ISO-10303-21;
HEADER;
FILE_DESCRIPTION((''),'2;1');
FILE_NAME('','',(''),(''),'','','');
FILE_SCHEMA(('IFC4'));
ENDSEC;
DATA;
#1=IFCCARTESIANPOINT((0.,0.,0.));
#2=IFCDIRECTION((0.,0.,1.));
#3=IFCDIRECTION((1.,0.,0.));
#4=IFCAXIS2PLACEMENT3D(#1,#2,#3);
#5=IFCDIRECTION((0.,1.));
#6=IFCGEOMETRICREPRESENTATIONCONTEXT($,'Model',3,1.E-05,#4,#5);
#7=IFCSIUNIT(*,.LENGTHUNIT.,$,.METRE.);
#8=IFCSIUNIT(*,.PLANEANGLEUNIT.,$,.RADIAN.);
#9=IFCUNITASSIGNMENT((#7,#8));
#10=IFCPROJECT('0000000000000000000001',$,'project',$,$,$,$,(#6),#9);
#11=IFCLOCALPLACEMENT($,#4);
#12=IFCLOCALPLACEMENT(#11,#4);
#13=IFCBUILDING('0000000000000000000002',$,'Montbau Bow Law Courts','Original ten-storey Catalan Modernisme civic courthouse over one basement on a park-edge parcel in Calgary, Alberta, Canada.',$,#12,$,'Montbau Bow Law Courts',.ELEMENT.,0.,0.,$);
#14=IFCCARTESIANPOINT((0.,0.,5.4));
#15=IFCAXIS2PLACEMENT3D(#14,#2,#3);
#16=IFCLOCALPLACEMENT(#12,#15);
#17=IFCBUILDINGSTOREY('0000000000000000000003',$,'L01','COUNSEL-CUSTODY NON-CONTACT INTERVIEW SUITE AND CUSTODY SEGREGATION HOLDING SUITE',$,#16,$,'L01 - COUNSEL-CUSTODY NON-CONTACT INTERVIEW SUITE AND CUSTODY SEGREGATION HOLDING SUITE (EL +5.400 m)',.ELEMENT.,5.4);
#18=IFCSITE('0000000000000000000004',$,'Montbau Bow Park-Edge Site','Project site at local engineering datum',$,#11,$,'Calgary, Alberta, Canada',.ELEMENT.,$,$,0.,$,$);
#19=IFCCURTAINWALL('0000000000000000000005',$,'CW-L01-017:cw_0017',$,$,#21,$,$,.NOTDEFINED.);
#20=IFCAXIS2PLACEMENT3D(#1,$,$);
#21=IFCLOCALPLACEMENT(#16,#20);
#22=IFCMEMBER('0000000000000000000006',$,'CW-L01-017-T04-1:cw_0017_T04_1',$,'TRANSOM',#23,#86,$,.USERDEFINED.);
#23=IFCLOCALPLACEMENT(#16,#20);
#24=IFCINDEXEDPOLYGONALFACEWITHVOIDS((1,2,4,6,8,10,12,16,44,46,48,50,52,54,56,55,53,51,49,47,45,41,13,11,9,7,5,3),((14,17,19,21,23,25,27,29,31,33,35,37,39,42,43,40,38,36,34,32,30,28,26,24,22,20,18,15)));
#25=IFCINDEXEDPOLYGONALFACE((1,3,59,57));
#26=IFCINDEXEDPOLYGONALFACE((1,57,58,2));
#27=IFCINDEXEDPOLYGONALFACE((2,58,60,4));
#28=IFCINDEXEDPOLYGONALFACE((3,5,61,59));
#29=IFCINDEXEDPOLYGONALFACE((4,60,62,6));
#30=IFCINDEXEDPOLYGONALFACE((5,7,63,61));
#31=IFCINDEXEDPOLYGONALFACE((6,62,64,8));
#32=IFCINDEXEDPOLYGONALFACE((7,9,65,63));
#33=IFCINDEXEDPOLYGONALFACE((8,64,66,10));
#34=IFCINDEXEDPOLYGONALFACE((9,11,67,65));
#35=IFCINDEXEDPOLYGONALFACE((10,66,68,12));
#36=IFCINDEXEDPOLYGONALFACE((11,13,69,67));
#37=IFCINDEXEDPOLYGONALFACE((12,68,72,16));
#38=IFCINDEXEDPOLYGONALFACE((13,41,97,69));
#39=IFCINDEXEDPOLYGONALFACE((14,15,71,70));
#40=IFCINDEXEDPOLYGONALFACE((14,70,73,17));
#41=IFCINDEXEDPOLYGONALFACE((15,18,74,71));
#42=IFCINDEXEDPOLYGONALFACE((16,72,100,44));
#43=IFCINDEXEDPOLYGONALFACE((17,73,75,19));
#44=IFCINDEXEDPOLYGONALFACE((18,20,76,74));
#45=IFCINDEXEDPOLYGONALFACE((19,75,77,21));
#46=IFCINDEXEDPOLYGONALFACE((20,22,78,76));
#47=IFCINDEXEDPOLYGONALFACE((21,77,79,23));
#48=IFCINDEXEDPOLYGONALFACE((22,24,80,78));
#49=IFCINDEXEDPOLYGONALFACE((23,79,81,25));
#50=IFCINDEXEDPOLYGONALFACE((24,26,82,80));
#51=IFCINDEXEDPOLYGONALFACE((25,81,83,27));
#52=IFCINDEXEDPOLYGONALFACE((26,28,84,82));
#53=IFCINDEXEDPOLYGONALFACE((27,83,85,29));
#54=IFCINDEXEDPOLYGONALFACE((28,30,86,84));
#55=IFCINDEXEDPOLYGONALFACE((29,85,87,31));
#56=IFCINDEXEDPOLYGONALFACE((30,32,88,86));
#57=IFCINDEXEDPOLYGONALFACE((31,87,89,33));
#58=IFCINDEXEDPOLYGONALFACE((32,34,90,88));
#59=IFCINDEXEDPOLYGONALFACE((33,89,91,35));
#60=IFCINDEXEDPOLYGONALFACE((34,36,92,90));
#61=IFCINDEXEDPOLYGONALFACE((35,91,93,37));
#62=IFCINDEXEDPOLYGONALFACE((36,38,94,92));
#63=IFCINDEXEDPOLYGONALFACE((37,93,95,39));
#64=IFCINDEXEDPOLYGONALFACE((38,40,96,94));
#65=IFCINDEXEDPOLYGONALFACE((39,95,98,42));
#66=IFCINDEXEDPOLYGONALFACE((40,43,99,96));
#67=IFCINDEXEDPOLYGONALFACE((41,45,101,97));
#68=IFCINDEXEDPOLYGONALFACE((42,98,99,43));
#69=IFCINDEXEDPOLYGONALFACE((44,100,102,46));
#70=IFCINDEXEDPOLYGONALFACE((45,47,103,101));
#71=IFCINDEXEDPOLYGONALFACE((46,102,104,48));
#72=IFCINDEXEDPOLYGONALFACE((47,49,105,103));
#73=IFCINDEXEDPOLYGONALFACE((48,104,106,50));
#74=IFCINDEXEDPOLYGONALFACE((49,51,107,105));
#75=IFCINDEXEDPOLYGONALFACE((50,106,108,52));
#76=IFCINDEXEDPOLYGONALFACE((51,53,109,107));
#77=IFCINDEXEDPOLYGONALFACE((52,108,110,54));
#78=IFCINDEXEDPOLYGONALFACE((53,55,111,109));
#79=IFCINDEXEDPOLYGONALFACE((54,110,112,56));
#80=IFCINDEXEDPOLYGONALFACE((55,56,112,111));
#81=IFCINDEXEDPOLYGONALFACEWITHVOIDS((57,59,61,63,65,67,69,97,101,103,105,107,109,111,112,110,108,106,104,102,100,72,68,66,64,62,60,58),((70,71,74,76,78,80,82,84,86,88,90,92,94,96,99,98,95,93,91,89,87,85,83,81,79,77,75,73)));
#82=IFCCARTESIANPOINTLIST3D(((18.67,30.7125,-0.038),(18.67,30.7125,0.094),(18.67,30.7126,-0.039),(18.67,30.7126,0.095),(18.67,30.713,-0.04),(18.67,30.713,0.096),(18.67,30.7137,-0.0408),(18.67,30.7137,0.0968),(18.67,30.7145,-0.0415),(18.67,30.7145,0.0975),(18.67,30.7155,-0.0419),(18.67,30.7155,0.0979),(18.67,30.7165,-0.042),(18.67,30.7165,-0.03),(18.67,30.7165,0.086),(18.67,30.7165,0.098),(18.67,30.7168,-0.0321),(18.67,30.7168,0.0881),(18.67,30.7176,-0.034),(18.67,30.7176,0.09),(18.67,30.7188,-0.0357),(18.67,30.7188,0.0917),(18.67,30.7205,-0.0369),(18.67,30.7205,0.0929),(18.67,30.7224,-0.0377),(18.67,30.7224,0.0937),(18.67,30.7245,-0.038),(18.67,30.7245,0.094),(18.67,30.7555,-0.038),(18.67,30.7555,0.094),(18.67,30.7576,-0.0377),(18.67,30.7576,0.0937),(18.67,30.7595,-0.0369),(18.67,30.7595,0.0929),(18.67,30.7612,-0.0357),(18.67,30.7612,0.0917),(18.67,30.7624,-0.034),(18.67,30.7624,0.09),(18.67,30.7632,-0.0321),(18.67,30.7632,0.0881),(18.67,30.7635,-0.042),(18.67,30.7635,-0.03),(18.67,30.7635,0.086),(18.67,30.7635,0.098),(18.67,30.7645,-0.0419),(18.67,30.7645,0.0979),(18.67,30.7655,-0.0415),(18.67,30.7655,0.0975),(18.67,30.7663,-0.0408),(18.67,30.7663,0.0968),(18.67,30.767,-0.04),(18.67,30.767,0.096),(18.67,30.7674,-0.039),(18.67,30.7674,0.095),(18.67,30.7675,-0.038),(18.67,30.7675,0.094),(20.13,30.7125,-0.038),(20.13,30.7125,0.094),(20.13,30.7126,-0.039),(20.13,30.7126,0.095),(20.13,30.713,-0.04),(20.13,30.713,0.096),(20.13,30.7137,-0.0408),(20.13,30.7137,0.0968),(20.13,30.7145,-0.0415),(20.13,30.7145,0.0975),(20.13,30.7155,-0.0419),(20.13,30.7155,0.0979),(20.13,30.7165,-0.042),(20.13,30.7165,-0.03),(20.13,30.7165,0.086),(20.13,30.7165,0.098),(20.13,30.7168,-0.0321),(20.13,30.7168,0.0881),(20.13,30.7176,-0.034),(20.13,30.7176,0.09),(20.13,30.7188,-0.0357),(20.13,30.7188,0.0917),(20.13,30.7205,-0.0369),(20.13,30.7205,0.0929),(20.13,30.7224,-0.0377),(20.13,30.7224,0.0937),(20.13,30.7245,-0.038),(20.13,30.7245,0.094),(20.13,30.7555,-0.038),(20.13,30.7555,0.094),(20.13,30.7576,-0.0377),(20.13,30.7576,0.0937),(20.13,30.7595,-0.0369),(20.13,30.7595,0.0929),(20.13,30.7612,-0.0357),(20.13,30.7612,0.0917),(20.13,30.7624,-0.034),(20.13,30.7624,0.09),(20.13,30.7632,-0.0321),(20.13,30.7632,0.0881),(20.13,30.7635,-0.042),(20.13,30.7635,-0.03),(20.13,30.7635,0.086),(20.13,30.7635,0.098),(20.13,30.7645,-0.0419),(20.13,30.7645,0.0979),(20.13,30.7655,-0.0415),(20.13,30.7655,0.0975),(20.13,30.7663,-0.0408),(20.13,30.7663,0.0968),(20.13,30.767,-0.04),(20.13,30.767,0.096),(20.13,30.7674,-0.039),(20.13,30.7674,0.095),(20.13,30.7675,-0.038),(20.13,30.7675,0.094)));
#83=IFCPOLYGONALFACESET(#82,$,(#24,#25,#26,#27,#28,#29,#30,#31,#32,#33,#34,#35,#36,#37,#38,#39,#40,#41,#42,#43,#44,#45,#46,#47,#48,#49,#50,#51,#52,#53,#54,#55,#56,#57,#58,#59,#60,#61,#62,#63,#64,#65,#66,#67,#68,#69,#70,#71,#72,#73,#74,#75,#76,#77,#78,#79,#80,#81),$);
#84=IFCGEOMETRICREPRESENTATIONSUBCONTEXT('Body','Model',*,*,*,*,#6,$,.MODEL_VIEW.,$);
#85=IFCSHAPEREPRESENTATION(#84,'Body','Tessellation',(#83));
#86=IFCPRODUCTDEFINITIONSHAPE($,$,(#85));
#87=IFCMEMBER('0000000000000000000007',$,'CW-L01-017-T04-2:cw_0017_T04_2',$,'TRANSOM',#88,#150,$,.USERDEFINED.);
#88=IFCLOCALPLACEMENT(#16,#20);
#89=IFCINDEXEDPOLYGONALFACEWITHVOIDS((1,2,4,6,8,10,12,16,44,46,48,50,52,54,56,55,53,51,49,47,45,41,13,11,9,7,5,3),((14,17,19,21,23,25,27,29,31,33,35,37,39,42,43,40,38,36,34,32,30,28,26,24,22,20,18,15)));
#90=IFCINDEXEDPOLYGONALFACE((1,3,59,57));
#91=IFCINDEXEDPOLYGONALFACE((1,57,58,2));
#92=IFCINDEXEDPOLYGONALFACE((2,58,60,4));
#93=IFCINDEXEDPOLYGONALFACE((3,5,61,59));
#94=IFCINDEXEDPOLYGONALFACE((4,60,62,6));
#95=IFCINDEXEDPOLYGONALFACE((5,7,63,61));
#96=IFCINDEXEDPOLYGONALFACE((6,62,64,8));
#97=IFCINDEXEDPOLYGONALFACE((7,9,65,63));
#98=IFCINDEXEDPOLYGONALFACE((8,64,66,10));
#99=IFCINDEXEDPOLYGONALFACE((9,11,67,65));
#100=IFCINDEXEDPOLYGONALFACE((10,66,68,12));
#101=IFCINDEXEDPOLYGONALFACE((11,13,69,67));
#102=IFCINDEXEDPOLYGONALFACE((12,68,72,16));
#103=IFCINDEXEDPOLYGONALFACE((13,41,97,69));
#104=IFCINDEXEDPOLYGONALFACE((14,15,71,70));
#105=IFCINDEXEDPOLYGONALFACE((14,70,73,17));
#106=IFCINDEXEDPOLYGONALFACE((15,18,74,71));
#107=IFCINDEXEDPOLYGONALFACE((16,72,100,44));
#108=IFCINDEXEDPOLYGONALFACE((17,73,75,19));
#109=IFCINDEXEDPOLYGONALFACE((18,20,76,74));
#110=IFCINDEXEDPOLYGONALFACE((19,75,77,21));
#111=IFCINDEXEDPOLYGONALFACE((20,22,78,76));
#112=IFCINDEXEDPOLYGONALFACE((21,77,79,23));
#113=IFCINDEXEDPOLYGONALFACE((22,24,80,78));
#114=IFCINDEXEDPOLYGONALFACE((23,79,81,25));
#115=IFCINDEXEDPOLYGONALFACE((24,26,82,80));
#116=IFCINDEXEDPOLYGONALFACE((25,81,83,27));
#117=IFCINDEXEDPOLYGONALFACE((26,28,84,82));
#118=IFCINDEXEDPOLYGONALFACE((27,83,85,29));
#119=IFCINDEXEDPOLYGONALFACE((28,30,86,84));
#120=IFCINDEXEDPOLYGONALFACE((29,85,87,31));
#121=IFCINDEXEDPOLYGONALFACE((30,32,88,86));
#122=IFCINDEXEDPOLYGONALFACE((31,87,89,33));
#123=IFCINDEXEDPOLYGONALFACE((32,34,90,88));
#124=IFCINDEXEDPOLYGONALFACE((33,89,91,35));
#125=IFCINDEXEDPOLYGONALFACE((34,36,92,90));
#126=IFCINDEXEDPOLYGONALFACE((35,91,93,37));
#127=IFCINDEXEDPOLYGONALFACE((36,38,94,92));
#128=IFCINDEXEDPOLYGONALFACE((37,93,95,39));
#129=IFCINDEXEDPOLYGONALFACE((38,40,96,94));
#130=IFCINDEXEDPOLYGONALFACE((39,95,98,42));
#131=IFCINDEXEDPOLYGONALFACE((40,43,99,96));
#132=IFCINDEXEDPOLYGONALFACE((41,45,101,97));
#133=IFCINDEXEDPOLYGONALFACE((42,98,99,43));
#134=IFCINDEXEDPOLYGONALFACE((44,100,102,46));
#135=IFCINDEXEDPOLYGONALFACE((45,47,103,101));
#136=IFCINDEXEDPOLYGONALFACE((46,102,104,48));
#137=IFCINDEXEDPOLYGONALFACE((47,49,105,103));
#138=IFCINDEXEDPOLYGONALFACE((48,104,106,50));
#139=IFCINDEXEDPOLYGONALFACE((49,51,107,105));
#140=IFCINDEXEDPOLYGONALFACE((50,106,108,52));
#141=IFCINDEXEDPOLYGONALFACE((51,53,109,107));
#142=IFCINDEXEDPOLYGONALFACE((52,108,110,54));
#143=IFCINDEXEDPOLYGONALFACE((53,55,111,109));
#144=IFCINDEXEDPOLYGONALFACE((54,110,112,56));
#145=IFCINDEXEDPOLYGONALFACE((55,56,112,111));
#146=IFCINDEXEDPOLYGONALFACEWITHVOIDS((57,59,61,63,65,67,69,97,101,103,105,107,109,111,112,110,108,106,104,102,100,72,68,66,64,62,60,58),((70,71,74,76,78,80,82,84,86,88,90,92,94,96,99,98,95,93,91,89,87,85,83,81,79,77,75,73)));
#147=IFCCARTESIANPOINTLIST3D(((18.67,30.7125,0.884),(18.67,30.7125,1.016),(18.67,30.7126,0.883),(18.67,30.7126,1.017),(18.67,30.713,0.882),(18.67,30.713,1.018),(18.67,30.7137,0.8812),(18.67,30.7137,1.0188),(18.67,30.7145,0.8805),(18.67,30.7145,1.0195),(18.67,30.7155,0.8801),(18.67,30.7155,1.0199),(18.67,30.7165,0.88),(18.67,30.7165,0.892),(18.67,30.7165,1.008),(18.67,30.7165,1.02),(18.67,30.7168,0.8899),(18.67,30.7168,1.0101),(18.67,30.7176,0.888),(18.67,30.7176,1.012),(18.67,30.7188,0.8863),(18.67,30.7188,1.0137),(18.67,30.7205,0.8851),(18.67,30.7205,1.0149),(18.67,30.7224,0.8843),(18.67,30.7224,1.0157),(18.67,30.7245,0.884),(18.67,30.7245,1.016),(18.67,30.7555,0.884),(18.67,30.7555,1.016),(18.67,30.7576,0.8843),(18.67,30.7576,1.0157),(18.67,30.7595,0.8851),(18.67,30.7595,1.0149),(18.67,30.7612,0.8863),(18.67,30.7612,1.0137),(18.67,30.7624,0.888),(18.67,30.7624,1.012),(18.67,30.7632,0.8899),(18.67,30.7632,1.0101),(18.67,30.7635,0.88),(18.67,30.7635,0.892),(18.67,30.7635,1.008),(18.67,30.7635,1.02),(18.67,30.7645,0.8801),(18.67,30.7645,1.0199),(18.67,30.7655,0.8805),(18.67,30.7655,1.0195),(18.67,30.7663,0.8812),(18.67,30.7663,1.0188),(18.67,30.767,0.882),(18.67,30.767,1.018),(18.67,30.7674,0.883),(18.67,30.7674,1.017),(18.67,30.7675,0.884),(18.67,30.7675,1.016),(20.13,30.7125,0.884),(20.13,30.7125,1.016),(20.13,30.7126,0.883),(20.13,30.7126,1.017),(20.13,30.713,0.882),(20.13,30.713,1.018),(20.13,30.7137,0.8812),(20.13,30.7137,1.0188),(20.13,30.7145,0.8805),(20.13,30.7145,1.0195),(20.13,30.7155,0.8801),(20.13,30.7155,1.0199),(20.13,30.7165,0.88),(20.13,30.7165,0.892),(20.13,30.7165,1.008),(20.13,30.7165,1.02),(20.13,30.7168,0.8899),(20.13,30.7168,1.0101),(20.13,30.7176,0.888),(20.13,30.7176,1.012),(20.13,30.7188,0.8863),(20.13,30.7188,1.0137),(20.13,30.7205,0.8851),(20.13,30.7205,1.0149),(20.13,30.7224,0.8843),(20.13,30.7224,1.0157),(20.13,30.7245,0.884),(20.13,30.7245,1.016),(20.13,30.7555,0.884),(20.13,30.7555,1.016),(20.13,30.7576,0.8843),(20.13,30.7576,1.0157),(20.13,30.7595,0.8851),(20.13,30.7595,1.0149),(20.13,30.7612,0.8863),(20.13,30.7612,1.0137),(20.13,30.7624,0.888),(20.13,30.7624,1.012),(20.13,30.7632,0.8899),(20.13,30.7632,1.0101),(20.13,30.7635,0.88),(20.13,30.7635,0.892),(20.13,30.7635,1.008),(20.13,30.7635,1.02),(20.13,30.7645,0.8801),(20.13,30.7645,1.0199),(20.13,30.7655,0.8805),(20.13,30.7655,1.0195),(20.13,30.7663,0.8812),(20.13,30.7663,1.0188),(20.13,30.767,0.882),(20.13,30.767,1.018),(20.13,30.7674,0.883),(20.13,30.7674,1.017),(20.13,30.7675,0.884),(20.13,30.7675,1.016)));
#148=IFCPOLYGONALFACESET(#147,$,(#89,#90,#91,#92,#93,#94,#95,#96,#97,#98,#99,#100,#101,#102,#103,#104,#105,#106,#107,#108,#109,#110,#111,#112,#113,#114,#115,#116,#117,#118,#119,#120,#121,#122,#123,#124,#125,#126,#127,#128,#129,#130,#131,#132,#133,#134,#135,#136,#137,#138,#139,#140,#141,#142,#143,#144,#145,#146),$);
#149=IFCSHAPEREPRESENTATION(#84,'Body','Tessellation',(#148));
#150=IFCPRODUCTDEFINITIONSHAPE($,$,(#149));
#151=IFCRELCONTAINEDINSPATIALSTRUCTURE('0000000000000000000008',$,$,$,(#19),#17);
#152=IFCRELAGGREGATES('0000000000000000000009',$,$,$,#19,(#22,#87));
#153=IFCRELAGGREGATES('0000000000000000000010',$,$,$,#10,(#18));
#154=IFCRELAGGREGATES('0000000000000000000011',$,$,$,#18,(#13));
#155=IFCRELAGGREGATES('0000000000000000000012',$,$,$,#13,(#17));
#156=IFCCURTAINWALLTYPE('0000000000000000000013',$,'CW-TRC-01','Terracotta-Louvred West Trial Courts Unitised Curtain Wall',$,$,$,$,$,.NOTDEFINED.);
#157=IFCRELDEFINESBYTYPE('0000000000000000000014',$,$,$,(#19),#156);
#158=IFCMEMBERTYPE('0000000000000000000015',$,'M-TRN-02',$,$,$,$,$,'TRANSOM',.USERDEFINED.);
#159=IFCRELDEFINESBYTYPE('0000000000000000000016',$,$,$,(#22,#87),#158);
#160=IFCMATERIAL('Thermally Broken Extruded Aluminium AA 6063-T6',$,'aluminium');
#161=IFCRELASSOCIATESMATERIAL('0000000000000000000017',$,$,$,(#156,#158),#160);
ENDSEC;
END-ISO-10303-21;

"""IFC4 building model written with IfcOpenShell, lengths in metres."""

from ifc_helpers import new_model, si_unit, direction, frame, origin_with_axes, origin_2d_with_axis, place, context, subcontext, project, spatial, hollow_rectangle, extrude, material, material_profile, profile_set, type_object, element, aggregate, save


model = new_model("IFC4")

# Units and contexts
model_context = context("Model", 3, precision=1e-05, world=origin_with_axes(), true_north=direction((0.0, 1.0)))
body_context = subcontext(model_context, "Body", "Model", "MODEL_VIEW")
ifc_project = project(units=[si_unit("LENGTHUNIT", "METRE"), si_unit("PLANEANGLEUNIT", "RADIAN")], contexts=[model_context])

# Site, building, storey
site_placement = place(None, origin_with_axes())
site = spatial("IfcSite", under=ifc_project, at=site_placement, Name="Montbau Bow Park-Edge Site", Description="Project site at local engineering datum", LongName="Calgary, Alberta, Canada", CompositionType="ELEMENT", RefElevation=0.0)
building_placement = place(site_placement, origin_with_axes())
building = spatial("IfcBuilding", under=site, at=building_placement, Name="Montbau Bow Law Courts", Description="Original ten-storey Catalan Modernisme civic courthouse over one basement on a park-edge parcel in Calgary, Alberta, Canada.", LongName="Montbau Bow Law Courts", CompositionType="ELEMENT", ElevationOfRefHeight=0.0, ElevationOfTerrain=0.0)
storey_placement = place(building_placement, frame((0.0, 0.0, 5.4), z_axis=(0.0, 0.0, 1.0), x_axis=(1.0, 0.0, 0.0)))
storey = spatial("IfcBuildingStorey", under=building, at=storey_placement, Name="L01", Description="COUNSEL-CUSTODY NON-CONTACT INTERVIEW SUITE AND CUSTODY SEGREGATION HOLDING SUITE", LongName="L01 - COUNSEL-CUSTODY NON-CONTACT INTERVIEW SUITE AND CUSTODY SEGREGATION HOLDING SUITE (EL +5.400 m)", CompositionType="ELEMENT", Elevation=5.4)

# Curtain wall
ifc_material_1 = material(Name="Thermally Broken Extruded Aluminium AA 6063-T6", Category="aluminium")
curtain_wall_type = type_object("IfcCurtainWallType", Name="CW-TRC-01", Description="Terracotta-Louvred West Trial Courts Unitised Curtain Wall", PredefinedType="NOTDEFINED", material=ifc_material_1)
curtain_wall_1_placement = place(None, frame((14.068, 30.74, 5.4), z_axis=(0.0, 0.0, 1.0), x_axis=(1.0, 0.0, 0.0)))
curtain_wall_1 = element("IfcCurtainWall", 1, at=curtain_wall_1_placement, inside=storey, type_object=curtain_wall_type, Name="CW-L01-017:cw_0017", PredefinedType="NOTDEFINED")

# Members
ifc_material_profile_1 = material_profile(ifc_material_1, hollow_rectangle(XDim=0.055, YDim=0.14, WallThickness=0.004, InnerFilletRadius=0.008, OuterFilletRadius=0.004, at=origin_2d_with_axis()), Name="CWT-140X55", Category="Main", Priority=0)
ifc_profile_set_1 = profile_set([ifc_material_profile_1], Name="Thermally Broken Extruded Aluminium AA 6063-T6")
member_type_1 = type_object("IfcMemberType", Name="M-TRN-02", ElementType="TRANSOM", PredefinedType="USERDEFINED", material=ifc_profile_set_1)
member_1_placement = place(None, frame((18.67, 30.74, 5.428), z_axis=(1.0, 0.0, 0.0), x_axis=(0.0, 1.0, 0.0)))
member_1 = element("IfcMember", 2, at=member_1_placement, type_object=member_type_1, Name="CW-L01-017-T04-1:cw_0017_T04_1", ObjectType="TRANSOM", PredefinedType="USERDEFINED", context=body_context, shape_type="SweptSolid", body=[
    extrude(hollow_rectangle(XDim=0.055, YDim=0.14, WallThickness=0.004, InnerFilletRadius=0.008, OuterFilletRadius=0.004, at=origin_2d_with_axis()), origin_with_axes(), (0.0, 0.0, 1.0), 1.46),
])
member_2_placement = place(None, frame((18.67, 30.74, 6.35), z_axis=(1.0, 0.0, 0.0), x_axis=(0.0, 1.0, 0.0)))
member_2 = element("IfcMember", 3, at=member_2_placement, type_object=member_type_1, Name="CW-L01-017-T04-2:cw_0017_T04_2", ObjectType="TRANSOM", PredefinedType="USERDEFINED", context=body_context, shape_type="SweptSolid", body=[
    extrude(hollow_rectangle(XDim=0.055, YDim=0.14, WallThickness=0.004, InnerFilletRadius=0.008, OuterFilletRadius=0.004, at=origin_2d_with_axis()), origin_with_axes(), (0.0, 0.0, 1.0), 1.46),
])

aggregate(curtain_wall_1, [member_1, member_2])

save(model, "model.ifc")
